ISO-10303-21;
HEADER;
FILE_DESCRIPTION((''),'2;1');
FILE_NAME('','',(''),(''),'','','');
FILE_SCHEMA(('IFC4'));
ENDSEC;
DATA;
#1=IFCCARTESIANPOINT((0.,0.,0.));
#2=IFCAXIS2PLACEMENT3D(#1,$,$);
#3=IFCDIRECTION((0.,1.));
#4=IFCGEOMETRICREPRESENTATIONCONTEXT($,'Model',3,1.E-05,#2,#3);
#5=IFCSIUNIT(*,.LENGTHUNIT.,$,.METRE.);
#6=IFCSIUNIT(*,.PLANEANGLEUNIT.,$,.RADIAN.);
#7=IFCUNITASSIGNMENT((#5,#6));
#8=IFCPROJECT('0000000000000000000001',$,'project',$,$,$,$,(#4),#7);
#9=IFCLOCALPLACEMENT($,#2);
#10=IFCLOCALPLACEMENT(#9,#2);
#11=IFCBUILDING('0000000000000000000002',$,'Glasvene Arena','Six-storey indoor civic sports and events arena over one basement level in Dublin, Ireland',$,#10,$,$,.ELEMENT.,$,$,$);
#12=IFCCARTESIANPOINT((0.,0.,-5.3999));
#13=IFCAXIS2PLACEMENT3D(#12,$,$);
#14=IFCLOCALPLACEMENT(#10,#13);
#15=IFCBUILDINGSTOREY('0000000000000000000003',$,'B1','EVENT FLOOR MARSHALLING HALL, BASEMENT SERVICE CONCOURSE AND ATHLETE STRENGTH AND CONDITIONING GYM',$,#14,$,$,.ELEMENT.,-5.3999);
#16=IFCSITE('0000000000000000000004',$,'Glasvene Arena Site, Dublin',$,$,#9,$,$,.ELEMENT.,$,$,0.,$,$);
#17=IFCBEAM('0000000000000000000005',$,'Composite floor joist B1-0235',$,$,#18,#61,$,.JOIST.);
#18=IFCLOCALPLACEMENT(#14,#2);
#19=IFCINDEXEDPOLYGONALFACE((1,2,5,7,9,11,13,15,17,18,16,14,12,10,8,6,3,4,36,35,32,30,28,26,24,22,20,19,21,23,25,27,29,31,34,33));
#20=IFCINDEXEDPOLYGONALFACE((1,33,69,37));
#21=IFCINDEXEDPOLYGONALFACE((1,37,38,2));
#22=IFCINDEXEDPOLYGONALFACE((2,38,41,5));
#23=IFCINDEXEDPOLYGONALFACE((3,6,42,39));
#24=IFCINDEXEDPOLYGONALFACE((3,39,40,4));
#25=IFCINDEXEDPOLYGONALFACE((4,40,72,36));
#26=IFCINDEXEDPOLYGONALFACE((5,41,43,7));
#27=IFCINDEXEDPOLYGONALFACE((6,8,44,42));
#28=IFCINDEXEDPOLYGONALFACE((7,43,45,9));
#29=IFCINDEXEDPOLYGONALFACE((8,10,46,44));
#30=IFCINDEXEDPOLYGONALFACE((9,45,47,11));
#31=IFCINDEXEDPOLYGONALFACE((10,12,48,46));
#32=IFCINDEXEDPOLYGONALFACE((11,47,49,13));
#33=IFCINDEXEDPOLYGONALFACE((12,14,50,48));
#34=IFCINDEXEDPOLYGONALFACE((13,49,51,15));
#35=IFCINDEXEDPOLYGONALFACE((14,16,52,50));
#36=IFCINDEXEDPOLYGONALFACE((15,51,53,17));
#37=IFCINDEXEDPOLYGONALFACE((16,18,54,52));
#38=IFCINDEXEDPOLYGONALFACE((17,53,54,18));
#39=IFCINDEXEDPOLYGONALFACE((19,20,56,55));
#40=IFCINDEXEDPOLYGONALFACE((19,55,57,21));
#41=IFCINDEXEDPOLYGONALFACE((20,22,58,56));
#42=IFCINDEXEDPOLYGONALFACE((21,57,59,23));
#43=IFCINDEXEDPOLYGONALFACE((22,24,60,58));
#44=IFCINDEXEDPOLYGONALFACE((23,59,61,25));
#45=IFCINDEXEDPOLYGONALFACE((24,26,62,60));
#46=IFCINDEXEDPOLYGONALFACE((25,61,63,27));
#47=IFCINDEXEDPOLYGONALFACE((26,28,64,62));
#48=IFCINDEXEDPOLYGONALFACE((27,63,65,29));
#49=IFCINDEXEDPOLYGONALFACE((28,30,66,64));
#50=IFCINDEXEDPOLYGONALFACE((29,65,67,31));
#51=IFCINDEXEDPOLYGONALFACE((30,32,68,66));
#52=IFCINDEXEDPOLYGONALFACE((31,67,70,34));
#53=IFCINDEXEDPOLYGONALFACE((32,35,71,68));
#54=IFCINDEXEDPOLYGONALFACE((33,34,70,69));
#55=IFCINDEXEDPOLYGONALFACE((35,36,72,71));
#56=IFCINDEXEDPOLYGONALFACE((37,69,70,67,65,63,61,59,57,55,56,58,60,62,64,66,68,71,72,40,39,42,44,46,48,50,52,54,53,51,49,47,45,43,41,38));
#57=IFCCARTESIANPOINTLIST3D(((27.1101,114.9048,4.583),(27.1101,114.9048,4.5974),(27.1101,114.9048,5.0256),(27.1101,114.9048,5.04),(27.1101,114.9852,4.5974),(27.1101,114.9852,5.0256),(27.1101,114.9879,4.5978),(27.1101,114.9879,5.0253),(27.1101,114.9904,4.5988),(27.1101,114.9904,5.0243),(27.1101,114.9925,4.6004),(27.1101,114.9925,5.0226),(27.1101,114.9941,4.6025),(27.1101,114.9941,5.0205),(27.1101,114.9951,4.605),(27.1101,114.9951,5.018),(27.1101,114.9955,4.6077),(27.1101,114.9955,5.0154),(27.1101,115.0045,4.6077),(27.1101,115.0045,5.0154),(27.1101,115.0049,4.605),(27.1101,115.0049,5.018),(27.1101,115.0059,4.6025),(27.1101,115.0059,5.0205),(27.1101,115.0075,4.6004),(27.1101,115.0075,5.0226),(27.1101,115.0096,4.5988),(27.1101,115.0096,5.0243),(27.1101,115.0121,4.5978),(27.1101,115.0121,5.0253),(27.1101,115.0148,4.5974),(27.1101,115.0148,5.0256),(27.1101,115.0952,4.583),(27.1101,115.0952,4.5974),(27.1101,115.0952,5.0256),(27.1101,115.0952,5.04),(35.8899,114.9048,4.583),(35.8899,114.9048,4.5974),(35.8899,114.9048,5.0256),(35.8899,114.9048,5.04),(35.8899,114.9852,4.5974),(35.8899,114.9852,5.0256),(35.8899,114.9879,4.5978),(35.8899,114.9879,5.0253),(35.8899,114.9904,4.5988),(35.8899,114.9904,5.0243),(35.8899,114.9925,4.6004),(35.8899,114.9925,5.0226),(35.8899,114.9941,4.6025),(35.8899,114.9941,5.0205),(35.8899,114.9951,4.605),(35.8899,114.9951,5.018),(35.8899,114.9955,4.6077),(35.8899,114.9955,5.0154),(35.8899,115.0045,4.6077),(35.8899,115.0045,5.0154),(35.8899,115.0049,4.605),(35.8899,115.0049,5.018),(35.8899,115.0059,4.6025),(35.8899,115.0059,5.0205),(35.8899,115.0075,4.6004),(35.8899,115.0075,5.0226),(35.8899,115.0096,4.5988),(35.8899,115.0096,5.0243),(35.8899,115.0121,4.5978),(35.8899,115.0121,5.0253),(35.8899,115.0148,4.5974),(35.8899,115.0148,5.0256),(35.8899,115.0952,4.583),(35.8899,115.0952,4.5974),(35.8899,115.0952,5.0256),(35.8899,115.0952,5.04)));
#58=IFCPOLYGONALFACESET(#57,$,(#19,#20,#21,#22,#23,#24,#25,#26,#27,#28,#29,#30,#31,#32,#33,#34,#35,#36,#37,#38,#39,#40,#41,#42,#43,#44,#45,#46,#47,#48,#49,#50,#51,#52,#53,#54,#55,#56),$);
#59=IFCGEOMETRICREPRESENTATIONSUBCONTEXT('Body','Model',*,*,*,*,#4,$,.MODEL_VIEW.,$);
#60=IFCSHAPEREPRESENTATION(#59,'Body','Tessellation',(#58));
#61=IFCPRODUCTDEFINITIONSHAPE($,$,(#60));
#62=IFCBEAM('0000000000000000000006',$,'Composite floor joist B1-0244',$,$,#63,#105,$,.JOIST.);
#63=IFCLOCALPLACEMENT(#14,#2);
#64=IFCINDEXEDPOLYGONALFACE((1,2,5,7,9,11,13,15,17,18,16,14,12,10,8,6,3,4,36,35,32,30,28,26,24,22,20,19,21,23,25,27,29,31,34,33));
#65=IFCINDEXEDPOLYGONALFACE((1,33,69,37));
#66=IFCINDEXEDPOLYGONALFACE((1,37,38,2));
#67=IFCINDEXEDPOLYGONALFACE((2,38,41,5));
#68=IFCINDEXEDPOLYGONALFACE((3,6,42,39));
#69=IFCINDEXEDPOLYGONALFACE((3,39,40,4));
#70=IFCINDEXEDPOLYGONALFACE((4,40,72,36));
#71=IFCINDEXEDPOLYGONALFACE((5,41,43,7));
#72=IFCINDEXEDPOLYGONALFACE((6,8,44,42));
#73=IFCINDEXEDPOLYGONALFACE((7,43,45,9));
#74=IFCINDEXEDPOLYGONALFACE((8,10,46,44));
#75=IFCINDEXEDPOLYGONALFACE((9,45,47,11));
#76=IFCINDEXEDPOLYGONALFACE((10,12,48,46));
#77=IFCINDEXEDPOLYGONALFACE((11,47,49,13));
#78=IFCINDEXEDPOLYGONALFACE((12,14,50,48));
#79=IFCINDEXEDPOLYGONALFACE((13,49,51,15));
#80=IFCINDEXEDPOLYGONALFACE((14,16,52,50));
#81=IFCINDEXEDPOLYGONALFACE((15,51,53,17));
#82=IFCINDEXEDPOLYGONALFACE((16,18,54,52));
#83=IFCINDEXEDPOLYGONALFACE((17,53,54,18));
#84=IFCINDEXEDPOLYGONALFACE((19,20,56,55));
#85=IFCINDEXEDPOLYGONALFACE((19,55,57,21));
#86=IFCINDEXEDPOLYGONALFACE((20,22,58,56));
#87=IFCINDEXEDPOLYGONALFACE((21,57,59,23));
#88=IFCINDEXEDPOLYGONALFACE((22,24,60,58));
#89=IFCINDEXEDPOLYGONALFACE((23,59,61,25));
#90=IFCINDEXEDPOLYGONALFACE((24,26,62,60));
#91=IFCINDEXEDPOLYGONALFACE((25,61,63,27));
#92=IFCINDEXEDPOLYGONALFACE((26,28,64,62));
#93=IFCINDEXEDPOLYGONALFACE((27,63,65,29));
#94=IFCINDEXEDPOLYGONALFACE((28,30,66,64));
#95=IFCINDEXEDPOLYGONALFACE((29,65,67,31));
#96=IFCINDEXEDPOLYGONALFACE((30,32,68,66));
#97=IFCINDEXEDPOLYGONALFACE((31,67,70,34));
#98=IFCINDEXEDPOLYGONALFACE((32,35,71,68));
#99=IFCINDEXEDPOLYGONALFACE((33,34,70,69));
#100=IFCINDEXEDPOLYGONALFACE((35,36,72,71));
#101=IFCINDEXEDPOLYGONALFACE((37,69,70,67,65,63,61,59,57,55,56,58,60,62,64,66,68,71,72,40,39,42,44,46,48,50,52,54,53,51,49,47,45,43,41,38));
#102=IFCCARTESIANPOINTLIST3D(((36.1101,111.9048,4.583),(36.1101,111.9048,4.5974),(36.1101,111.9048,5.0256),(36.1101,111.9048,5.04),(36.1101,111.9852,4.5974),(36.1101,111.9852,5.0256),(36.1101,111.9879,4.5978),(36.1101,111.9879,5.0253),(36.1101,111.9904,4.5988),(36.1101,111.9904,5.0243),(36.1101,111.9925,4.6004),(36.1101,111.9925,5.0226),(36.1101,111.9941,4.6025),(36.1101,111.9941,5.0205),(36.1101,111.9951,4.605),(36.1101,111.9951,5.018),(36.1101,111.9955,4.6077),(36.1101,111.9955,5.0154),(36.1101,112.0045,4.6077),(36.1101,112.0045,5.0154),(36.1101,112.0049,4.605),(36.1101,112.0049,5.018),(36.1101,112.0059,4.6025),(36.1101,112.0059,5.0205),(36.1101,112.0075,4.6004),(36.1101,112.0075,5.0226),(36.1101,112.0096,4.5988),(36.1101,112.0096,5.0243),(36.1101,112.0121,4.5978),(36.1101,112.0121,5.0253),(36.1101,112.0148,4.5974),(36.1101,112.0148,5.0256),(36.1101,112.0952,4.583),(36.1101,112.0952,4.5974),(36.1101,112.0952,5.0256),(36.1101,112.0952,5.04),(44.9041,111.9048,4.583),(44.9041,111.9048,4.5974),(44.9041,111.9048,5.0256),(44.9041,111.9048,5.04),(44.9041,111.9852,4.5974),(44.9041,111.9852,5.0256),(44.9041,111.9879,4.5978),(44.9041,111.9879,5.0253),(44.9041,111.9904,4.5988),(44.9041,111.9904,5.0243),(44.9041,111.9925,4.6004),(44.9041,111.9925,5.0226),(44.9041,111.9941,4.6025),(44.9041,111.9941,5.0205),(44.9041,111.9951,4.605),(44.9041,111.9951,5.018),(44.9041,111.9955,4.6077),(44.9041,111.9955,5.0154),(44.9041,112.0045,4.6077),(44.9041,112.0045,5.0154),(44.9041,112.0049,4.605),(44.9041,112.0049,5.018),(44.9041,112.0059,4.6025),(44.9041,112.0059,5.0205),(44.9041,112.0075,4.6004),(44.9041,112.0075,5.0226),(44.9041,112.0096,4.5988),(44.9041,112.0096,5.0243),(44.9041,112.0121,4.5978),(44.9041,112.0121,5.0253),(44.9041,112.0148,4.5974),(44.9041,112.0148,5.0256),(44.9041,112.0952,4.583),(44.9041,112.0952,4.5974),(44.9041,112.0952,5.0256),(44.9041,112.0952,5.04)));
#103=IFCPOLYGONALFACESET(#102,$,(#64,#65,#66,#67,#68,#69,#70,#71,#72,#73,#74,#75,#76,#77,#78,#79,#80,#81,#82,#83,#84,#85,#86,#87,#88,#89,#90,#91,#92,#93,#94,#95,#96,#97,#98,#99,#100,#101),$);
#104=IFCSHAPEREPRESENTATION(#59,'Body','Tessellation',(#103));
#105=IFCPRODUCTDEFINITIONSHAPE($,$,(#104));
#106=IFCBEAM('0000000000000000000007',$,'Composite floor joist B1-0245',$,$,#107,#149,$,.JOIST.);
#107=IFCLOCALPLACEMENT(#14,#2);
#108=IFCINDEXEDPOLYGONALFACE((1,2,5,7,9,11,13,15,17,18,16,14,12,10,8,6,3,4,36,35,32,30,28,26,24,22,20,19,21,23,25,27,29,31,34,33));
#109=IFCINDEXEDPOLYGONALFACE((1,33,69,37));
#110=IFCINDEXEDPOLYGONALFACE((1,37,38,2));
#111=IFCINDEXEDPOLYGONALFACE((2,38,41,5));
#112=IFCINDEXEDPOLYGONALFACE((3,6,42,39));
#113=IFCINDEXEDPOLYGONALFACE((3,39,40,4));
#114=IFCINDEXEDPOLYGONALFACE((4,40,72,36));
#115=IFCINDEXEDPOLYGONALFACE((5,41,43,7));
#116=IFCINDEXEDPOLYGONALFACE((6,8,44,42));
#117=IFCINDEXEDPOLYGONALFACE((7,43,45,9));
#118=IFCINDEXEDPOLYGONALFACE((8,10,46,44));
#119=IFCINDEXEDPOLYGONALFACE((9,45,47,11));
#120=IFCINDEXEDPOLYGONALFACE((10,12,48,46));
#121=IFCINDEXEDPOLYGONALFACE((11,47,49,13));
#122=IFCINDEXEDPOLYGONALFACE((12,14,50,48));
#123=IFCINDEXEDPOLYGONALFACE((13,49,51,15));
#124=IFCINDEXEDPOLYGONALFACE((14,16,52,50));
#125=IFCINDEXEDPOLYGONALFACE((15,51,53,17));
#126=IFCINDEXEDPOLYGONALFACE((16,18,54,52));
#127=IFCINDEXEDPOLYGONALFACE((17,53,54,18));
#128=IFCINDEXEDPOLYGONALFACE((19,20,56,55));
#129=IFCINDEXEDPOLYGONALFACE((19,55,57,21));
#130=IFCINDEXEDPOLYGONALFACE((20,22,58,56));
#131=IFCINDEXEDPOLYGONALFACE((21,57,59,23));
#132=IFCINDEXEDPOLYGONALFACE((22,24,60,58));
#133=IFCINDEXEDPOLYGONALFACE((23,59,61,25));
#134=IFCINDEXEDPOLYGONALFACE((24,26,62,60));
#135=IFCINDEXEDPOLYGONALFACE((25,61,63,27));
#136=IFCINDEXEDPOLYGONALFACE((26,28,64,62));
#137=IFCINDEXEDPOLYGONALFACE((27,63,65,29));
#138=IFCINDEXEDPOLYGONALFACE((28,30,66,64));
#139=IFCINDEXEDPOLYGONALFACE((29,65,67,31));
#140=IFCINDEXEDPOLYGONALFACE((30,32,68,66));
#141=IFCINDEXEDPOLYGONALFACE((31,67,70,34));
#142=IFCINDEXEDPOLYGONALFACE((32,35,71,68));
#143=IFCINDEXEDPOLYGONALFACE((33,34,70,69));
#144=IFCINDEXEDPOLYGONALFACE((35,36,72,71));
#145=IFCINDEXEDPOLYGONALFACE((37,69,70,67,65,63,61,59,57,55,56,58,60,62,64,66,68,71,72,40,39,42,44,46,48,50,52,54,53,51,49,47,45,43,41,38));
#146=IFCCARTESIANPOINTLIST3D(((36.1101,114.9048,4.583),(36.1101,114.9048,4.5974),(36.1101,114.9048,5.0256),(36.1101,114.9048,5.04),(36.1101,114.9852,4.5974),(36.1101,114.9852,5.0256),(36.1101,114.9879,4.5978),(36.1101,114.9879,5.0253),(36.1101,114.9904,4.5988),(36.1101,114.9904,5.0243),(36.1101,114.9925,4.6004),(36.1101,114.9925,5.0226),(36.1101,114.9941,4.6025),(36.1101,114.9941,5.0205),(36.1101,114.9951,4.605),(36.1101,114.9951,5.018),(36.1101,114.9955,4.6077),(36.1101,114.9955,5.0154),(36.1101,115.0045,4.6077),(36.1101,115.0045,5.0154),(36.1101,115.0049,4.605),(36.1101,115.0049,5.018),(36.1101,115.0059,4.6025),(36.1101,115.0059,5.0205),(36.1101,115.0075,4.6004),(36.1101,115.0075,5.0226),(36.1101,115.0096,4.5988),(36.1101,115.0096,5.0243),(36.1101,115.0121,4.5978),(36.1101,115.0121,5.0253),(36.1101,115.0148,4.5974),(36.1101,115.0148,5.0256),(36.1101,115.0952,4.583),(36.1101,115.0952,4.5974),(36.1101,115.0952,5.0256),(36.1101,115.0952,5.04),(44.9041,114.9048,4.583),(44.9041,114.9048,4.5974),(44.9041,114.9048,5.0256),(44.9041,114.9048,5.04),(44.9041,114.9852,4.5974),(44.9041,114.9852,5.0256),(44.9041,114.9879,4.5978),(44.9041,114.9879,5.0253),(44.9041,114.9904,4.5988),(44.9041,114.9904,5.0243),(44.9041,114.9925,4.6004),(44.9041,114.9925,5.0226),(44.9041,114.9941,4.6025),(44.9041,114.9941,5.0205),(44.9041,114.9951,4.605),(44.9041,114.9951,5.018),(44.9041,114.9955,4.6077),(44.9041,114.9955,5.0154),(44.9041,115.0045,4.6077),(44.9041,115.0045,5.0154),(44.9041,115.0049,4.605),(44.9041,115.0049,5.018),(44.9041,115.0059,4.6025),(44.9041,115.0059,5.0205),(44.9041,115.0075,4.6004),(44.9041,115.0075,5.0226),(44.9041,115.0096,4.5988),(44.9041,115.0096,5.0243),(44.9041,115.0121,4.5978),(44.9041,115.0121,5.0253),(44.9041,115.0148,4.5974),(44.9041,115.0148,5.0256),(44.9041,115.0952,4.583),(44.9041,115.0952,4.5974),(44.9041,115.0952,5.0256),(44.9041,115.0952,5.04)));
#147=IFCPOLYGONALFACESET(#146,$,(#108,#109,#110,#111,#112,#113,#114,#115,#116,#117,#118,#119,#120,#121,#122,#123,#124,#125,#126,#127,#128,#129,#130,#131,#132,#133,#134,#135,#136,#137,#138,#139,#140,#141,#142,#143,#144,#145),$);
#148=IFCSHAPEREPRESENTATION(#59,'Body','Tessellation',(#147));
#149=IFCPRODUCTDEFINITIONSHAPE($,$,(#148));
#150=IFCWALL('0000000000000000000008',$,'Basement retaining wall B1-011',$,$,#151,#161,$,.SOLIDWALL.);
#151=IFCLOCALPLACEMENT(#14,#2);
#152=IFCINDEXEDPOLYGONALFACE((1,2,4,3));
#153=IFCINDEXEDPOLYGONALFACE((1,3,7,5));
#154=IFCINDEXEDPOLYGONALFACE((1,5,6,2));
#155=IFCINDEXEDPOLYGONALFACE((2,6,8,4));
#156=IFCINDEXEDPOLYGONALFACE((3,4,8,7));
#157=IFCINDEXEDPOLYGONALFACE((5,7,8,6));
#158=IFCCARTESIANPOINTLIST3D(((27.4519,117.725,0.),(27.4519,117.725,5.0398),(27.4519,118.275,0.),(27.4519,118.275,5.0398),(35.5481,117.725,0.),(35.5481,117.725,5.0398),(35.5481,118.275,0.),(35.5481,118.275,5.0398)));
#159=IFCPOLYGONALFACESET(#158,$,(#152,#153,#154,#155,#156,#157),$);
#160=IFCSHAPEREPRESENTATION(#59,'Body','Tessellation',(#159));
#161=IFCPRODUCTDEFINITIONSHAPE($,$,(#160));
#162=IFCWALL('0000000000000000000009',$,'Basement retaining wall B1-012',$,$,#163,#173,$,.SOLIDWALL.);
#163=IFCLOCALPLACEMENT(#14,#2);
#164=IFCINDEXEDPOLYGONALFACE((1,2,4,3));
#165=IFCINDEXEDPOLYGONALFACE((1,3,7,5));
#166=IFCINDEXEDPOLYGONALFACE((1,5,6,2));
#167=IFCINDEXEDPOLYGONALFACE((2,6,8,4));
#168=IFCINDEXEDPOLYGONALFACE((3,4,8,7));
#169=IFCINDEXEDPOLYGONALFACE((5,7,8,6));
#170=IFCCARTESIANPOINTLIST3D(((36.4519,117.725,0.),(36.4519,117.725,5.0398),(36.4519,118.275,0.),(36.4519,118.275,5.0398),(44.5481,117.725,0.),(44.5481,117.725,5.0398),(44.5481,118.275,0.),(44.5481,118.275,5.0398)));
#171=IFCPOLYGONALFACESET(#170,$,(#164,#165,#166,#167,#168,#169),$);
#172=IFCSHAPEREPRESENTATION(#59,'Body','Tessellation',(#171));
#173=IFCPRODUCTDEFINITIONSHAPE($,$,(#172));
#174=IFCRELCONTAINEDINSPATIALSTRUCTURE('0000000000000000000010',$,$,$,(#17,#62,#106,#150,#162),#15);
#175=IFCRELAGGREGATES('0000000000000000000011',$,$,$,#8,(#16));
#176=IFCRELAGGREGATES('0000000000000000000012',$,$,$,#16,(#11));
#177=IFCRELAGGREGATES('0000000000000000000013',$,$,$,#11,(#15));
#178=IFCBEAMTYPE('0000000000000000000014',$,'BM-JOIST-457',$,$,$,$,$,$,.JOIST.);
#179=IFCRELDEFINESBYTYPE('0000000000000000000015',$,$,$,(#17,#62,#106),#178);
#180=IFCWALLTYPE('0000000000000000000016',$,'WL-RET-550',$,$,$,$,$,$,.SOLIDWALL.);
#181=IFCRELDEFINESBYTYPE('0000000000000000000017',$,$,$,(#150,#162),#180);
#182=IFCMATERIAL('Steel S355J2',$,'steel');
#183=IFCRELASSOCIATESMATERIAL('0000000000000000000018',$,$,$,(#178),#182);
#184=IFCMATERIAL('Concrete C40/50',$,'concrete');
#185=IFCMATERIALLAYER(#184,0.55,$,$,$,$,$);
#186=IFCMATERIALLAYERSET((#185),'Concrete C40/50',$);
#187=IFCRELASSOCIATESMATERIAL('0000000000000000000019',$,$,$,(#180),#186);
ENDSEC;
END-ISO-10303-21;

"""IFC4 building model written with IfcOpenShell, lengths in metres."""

from ifc_helpers import new_model, si_unit, direction, frame, frame_2d, origin, origin_2d, place, context, subcontext, project, spatial, rectangle, i_section, extrude, material, layer, layer_set, material_profile, profile_set, type_object, element, save


model = new_model("IFC4")

# Units and contexts
model_context = context("Model", 3, precision=1e-05, world=origin(), true_north=direction((0.0, 1.0)))
body_context = subcontext(model_context, "Body", "Model", "MODEL_VIEW")
ifc_project = project(units=[si_unit("LENGTHUNIT", "METRE"), si_unit("PLANEANGLEUNIT", "RADIAN")], contexts=[model_context])

# Site, building, storey
site_placement = place(None, origin())
site = spatial("IfcSite", under=ifc_project, at=site_placement, Name="Glasvene Arena Site, Dublin", CompositionType="ELEMENT", RefElevation=0.0)
building_placement = place(site_placement, origin())
building = spatial("IfcBuilding", under=site, at=building_placement, Name="Glasvene Arena", Description="Six-storey indoor civic sports and events arena over one basement level in Dublin, Ireland", CompositionType="ELEMENT")
storey_placement = place(building_placement, frame((0.0, 0.0, -5.3999)))
storey = spatial("IfcBuildingStorey", under=building, at=storey_placement, Name="B1", Description="EVENT FLOOR MARSHALLING HALL, BASEMENT SERVICE CONCOURSE AND ATHLETE STRENGTH AND CONDITIONING GYM", CompositionType="ELEMENT", Elevation=-5.3999)

# Shared definitions
ifc_material_1 = material(Name="Concrete C40/50", Category="concrete")

# Shared definitions
ifc_material_2 = material(Name="Steel S355J2", Category="steel")

# Beams
ifc_material_profile_1 = material_profile(ifc_material_2, i_section(OverallWidth=0.1904, OverallDepth=0.457, WebThickness=0.009, FlangeThickness=0.0144, FilletRadius=0.0103, at=origin_2d()), Name="UKB 457x191x74")
ifc_profile_set_1 = profile_set([ifc_material_profile_1], Name="Steel S355J2")
beam_type_1 = type_object("IfcBeamType", Name="BM-JOIST-457", PredefinedType="JOIST", material=ifc_profile_set_1)
for number, where, z_axis, x_axis, name in (
    (1, (27.1101, 115.0, 4.8115), (1.0, 0.0, 0.0), (0.0, 1.0, 0.0), "Composite floor joist B1-0235"),
):
    element("IfcBeam", number, at=place(storey_placement, frame(where, z_axis=z_axis, x_axis=x_axis)), inside=storey, type_object=beam_type_1, Name=name, PredefinedType="JOIST", context=body_context, shape_type="SweptSolid", body=[
        extrude(i_section(OverallWidth=0.1904, OverallDepth=0.457, WebThickness=0.009, FlangeThickness=0.0144, FilletRadius=0.0103, at=origin_2d()), origin(), (0.0, 0.0, 1.0), 8.7798),
    ])
for number, where, z_axis, x_axis, name in (
    (2, (36.1101, 112.0, 4.8115), (1.0, 0.0, 0.0), (0.0, 1.0, 0.0), "Composite floor joist B1-0244"),
    (3, (36.1101, 115.0, 4.8115), (1.0, 0.0, 0.0), (0.0, 1.0, 0.0), "Composite floor joist B1-0245"),
):
    element("IfcBeam", number, at=place(storey_placement, frame(where, z_axis=z_axis, x_axis=x_axis)), inside=storey, type_object=beam_type_1, Name=name, PredefinedType="JOIST", context=body_context, shape_type="SweptSolid", body=[
        extrude(i_section(OverallWidth=0.1904, OverallDepth=0.457, WebThickness=0.009, FlangeThickness=0.0144, FilletRadius=0.0103, at=origin_2d()), origin(), (0.0, 0.0, 1.0), 8.7939),
    ])

# Walls
ifc_layer = layer(ifc_material_1, 0.55)
ifc_layer_set = layer_set([ifc_layer], Name="Concrete C40/50")
wall_type = type_object("IfcWallType", Name="WL-RET-550", PredefinedType="SOLIDWALL", material=ifc_layer_set)
for number, where, z_axis, x_axis, name in (
    (4, (27.4519, 118.0, 0.0), (0.0, 0.0, 1.0), (1.0, 0.0, 0.0), "Basement retaining wall B1-011"),
    (5, (36.4519, 118.0, 0.0), (0.0, 0.0, 1.0), (1.0, 0.0, 0.0), "Basement retaining wall B1-012"),
):
    element("IfcWall", number, at=place(storey_placement, frame(where, z_axis=z_axis, x_axis=x_axis)), inside=storey, type_object=wall_type, Name=name, PredefinedType="SOLIDWALL", context=body_context, shape_type="SweptSolid", body=[
        extrude(rectangle(XDim=8.0962, YDim=0.55, at=frame_2d((4.0481, 0.0))), origin(), (0.0, 0.0, 1.0), 5.0398),
    ])

save(model, "model.ifc")
